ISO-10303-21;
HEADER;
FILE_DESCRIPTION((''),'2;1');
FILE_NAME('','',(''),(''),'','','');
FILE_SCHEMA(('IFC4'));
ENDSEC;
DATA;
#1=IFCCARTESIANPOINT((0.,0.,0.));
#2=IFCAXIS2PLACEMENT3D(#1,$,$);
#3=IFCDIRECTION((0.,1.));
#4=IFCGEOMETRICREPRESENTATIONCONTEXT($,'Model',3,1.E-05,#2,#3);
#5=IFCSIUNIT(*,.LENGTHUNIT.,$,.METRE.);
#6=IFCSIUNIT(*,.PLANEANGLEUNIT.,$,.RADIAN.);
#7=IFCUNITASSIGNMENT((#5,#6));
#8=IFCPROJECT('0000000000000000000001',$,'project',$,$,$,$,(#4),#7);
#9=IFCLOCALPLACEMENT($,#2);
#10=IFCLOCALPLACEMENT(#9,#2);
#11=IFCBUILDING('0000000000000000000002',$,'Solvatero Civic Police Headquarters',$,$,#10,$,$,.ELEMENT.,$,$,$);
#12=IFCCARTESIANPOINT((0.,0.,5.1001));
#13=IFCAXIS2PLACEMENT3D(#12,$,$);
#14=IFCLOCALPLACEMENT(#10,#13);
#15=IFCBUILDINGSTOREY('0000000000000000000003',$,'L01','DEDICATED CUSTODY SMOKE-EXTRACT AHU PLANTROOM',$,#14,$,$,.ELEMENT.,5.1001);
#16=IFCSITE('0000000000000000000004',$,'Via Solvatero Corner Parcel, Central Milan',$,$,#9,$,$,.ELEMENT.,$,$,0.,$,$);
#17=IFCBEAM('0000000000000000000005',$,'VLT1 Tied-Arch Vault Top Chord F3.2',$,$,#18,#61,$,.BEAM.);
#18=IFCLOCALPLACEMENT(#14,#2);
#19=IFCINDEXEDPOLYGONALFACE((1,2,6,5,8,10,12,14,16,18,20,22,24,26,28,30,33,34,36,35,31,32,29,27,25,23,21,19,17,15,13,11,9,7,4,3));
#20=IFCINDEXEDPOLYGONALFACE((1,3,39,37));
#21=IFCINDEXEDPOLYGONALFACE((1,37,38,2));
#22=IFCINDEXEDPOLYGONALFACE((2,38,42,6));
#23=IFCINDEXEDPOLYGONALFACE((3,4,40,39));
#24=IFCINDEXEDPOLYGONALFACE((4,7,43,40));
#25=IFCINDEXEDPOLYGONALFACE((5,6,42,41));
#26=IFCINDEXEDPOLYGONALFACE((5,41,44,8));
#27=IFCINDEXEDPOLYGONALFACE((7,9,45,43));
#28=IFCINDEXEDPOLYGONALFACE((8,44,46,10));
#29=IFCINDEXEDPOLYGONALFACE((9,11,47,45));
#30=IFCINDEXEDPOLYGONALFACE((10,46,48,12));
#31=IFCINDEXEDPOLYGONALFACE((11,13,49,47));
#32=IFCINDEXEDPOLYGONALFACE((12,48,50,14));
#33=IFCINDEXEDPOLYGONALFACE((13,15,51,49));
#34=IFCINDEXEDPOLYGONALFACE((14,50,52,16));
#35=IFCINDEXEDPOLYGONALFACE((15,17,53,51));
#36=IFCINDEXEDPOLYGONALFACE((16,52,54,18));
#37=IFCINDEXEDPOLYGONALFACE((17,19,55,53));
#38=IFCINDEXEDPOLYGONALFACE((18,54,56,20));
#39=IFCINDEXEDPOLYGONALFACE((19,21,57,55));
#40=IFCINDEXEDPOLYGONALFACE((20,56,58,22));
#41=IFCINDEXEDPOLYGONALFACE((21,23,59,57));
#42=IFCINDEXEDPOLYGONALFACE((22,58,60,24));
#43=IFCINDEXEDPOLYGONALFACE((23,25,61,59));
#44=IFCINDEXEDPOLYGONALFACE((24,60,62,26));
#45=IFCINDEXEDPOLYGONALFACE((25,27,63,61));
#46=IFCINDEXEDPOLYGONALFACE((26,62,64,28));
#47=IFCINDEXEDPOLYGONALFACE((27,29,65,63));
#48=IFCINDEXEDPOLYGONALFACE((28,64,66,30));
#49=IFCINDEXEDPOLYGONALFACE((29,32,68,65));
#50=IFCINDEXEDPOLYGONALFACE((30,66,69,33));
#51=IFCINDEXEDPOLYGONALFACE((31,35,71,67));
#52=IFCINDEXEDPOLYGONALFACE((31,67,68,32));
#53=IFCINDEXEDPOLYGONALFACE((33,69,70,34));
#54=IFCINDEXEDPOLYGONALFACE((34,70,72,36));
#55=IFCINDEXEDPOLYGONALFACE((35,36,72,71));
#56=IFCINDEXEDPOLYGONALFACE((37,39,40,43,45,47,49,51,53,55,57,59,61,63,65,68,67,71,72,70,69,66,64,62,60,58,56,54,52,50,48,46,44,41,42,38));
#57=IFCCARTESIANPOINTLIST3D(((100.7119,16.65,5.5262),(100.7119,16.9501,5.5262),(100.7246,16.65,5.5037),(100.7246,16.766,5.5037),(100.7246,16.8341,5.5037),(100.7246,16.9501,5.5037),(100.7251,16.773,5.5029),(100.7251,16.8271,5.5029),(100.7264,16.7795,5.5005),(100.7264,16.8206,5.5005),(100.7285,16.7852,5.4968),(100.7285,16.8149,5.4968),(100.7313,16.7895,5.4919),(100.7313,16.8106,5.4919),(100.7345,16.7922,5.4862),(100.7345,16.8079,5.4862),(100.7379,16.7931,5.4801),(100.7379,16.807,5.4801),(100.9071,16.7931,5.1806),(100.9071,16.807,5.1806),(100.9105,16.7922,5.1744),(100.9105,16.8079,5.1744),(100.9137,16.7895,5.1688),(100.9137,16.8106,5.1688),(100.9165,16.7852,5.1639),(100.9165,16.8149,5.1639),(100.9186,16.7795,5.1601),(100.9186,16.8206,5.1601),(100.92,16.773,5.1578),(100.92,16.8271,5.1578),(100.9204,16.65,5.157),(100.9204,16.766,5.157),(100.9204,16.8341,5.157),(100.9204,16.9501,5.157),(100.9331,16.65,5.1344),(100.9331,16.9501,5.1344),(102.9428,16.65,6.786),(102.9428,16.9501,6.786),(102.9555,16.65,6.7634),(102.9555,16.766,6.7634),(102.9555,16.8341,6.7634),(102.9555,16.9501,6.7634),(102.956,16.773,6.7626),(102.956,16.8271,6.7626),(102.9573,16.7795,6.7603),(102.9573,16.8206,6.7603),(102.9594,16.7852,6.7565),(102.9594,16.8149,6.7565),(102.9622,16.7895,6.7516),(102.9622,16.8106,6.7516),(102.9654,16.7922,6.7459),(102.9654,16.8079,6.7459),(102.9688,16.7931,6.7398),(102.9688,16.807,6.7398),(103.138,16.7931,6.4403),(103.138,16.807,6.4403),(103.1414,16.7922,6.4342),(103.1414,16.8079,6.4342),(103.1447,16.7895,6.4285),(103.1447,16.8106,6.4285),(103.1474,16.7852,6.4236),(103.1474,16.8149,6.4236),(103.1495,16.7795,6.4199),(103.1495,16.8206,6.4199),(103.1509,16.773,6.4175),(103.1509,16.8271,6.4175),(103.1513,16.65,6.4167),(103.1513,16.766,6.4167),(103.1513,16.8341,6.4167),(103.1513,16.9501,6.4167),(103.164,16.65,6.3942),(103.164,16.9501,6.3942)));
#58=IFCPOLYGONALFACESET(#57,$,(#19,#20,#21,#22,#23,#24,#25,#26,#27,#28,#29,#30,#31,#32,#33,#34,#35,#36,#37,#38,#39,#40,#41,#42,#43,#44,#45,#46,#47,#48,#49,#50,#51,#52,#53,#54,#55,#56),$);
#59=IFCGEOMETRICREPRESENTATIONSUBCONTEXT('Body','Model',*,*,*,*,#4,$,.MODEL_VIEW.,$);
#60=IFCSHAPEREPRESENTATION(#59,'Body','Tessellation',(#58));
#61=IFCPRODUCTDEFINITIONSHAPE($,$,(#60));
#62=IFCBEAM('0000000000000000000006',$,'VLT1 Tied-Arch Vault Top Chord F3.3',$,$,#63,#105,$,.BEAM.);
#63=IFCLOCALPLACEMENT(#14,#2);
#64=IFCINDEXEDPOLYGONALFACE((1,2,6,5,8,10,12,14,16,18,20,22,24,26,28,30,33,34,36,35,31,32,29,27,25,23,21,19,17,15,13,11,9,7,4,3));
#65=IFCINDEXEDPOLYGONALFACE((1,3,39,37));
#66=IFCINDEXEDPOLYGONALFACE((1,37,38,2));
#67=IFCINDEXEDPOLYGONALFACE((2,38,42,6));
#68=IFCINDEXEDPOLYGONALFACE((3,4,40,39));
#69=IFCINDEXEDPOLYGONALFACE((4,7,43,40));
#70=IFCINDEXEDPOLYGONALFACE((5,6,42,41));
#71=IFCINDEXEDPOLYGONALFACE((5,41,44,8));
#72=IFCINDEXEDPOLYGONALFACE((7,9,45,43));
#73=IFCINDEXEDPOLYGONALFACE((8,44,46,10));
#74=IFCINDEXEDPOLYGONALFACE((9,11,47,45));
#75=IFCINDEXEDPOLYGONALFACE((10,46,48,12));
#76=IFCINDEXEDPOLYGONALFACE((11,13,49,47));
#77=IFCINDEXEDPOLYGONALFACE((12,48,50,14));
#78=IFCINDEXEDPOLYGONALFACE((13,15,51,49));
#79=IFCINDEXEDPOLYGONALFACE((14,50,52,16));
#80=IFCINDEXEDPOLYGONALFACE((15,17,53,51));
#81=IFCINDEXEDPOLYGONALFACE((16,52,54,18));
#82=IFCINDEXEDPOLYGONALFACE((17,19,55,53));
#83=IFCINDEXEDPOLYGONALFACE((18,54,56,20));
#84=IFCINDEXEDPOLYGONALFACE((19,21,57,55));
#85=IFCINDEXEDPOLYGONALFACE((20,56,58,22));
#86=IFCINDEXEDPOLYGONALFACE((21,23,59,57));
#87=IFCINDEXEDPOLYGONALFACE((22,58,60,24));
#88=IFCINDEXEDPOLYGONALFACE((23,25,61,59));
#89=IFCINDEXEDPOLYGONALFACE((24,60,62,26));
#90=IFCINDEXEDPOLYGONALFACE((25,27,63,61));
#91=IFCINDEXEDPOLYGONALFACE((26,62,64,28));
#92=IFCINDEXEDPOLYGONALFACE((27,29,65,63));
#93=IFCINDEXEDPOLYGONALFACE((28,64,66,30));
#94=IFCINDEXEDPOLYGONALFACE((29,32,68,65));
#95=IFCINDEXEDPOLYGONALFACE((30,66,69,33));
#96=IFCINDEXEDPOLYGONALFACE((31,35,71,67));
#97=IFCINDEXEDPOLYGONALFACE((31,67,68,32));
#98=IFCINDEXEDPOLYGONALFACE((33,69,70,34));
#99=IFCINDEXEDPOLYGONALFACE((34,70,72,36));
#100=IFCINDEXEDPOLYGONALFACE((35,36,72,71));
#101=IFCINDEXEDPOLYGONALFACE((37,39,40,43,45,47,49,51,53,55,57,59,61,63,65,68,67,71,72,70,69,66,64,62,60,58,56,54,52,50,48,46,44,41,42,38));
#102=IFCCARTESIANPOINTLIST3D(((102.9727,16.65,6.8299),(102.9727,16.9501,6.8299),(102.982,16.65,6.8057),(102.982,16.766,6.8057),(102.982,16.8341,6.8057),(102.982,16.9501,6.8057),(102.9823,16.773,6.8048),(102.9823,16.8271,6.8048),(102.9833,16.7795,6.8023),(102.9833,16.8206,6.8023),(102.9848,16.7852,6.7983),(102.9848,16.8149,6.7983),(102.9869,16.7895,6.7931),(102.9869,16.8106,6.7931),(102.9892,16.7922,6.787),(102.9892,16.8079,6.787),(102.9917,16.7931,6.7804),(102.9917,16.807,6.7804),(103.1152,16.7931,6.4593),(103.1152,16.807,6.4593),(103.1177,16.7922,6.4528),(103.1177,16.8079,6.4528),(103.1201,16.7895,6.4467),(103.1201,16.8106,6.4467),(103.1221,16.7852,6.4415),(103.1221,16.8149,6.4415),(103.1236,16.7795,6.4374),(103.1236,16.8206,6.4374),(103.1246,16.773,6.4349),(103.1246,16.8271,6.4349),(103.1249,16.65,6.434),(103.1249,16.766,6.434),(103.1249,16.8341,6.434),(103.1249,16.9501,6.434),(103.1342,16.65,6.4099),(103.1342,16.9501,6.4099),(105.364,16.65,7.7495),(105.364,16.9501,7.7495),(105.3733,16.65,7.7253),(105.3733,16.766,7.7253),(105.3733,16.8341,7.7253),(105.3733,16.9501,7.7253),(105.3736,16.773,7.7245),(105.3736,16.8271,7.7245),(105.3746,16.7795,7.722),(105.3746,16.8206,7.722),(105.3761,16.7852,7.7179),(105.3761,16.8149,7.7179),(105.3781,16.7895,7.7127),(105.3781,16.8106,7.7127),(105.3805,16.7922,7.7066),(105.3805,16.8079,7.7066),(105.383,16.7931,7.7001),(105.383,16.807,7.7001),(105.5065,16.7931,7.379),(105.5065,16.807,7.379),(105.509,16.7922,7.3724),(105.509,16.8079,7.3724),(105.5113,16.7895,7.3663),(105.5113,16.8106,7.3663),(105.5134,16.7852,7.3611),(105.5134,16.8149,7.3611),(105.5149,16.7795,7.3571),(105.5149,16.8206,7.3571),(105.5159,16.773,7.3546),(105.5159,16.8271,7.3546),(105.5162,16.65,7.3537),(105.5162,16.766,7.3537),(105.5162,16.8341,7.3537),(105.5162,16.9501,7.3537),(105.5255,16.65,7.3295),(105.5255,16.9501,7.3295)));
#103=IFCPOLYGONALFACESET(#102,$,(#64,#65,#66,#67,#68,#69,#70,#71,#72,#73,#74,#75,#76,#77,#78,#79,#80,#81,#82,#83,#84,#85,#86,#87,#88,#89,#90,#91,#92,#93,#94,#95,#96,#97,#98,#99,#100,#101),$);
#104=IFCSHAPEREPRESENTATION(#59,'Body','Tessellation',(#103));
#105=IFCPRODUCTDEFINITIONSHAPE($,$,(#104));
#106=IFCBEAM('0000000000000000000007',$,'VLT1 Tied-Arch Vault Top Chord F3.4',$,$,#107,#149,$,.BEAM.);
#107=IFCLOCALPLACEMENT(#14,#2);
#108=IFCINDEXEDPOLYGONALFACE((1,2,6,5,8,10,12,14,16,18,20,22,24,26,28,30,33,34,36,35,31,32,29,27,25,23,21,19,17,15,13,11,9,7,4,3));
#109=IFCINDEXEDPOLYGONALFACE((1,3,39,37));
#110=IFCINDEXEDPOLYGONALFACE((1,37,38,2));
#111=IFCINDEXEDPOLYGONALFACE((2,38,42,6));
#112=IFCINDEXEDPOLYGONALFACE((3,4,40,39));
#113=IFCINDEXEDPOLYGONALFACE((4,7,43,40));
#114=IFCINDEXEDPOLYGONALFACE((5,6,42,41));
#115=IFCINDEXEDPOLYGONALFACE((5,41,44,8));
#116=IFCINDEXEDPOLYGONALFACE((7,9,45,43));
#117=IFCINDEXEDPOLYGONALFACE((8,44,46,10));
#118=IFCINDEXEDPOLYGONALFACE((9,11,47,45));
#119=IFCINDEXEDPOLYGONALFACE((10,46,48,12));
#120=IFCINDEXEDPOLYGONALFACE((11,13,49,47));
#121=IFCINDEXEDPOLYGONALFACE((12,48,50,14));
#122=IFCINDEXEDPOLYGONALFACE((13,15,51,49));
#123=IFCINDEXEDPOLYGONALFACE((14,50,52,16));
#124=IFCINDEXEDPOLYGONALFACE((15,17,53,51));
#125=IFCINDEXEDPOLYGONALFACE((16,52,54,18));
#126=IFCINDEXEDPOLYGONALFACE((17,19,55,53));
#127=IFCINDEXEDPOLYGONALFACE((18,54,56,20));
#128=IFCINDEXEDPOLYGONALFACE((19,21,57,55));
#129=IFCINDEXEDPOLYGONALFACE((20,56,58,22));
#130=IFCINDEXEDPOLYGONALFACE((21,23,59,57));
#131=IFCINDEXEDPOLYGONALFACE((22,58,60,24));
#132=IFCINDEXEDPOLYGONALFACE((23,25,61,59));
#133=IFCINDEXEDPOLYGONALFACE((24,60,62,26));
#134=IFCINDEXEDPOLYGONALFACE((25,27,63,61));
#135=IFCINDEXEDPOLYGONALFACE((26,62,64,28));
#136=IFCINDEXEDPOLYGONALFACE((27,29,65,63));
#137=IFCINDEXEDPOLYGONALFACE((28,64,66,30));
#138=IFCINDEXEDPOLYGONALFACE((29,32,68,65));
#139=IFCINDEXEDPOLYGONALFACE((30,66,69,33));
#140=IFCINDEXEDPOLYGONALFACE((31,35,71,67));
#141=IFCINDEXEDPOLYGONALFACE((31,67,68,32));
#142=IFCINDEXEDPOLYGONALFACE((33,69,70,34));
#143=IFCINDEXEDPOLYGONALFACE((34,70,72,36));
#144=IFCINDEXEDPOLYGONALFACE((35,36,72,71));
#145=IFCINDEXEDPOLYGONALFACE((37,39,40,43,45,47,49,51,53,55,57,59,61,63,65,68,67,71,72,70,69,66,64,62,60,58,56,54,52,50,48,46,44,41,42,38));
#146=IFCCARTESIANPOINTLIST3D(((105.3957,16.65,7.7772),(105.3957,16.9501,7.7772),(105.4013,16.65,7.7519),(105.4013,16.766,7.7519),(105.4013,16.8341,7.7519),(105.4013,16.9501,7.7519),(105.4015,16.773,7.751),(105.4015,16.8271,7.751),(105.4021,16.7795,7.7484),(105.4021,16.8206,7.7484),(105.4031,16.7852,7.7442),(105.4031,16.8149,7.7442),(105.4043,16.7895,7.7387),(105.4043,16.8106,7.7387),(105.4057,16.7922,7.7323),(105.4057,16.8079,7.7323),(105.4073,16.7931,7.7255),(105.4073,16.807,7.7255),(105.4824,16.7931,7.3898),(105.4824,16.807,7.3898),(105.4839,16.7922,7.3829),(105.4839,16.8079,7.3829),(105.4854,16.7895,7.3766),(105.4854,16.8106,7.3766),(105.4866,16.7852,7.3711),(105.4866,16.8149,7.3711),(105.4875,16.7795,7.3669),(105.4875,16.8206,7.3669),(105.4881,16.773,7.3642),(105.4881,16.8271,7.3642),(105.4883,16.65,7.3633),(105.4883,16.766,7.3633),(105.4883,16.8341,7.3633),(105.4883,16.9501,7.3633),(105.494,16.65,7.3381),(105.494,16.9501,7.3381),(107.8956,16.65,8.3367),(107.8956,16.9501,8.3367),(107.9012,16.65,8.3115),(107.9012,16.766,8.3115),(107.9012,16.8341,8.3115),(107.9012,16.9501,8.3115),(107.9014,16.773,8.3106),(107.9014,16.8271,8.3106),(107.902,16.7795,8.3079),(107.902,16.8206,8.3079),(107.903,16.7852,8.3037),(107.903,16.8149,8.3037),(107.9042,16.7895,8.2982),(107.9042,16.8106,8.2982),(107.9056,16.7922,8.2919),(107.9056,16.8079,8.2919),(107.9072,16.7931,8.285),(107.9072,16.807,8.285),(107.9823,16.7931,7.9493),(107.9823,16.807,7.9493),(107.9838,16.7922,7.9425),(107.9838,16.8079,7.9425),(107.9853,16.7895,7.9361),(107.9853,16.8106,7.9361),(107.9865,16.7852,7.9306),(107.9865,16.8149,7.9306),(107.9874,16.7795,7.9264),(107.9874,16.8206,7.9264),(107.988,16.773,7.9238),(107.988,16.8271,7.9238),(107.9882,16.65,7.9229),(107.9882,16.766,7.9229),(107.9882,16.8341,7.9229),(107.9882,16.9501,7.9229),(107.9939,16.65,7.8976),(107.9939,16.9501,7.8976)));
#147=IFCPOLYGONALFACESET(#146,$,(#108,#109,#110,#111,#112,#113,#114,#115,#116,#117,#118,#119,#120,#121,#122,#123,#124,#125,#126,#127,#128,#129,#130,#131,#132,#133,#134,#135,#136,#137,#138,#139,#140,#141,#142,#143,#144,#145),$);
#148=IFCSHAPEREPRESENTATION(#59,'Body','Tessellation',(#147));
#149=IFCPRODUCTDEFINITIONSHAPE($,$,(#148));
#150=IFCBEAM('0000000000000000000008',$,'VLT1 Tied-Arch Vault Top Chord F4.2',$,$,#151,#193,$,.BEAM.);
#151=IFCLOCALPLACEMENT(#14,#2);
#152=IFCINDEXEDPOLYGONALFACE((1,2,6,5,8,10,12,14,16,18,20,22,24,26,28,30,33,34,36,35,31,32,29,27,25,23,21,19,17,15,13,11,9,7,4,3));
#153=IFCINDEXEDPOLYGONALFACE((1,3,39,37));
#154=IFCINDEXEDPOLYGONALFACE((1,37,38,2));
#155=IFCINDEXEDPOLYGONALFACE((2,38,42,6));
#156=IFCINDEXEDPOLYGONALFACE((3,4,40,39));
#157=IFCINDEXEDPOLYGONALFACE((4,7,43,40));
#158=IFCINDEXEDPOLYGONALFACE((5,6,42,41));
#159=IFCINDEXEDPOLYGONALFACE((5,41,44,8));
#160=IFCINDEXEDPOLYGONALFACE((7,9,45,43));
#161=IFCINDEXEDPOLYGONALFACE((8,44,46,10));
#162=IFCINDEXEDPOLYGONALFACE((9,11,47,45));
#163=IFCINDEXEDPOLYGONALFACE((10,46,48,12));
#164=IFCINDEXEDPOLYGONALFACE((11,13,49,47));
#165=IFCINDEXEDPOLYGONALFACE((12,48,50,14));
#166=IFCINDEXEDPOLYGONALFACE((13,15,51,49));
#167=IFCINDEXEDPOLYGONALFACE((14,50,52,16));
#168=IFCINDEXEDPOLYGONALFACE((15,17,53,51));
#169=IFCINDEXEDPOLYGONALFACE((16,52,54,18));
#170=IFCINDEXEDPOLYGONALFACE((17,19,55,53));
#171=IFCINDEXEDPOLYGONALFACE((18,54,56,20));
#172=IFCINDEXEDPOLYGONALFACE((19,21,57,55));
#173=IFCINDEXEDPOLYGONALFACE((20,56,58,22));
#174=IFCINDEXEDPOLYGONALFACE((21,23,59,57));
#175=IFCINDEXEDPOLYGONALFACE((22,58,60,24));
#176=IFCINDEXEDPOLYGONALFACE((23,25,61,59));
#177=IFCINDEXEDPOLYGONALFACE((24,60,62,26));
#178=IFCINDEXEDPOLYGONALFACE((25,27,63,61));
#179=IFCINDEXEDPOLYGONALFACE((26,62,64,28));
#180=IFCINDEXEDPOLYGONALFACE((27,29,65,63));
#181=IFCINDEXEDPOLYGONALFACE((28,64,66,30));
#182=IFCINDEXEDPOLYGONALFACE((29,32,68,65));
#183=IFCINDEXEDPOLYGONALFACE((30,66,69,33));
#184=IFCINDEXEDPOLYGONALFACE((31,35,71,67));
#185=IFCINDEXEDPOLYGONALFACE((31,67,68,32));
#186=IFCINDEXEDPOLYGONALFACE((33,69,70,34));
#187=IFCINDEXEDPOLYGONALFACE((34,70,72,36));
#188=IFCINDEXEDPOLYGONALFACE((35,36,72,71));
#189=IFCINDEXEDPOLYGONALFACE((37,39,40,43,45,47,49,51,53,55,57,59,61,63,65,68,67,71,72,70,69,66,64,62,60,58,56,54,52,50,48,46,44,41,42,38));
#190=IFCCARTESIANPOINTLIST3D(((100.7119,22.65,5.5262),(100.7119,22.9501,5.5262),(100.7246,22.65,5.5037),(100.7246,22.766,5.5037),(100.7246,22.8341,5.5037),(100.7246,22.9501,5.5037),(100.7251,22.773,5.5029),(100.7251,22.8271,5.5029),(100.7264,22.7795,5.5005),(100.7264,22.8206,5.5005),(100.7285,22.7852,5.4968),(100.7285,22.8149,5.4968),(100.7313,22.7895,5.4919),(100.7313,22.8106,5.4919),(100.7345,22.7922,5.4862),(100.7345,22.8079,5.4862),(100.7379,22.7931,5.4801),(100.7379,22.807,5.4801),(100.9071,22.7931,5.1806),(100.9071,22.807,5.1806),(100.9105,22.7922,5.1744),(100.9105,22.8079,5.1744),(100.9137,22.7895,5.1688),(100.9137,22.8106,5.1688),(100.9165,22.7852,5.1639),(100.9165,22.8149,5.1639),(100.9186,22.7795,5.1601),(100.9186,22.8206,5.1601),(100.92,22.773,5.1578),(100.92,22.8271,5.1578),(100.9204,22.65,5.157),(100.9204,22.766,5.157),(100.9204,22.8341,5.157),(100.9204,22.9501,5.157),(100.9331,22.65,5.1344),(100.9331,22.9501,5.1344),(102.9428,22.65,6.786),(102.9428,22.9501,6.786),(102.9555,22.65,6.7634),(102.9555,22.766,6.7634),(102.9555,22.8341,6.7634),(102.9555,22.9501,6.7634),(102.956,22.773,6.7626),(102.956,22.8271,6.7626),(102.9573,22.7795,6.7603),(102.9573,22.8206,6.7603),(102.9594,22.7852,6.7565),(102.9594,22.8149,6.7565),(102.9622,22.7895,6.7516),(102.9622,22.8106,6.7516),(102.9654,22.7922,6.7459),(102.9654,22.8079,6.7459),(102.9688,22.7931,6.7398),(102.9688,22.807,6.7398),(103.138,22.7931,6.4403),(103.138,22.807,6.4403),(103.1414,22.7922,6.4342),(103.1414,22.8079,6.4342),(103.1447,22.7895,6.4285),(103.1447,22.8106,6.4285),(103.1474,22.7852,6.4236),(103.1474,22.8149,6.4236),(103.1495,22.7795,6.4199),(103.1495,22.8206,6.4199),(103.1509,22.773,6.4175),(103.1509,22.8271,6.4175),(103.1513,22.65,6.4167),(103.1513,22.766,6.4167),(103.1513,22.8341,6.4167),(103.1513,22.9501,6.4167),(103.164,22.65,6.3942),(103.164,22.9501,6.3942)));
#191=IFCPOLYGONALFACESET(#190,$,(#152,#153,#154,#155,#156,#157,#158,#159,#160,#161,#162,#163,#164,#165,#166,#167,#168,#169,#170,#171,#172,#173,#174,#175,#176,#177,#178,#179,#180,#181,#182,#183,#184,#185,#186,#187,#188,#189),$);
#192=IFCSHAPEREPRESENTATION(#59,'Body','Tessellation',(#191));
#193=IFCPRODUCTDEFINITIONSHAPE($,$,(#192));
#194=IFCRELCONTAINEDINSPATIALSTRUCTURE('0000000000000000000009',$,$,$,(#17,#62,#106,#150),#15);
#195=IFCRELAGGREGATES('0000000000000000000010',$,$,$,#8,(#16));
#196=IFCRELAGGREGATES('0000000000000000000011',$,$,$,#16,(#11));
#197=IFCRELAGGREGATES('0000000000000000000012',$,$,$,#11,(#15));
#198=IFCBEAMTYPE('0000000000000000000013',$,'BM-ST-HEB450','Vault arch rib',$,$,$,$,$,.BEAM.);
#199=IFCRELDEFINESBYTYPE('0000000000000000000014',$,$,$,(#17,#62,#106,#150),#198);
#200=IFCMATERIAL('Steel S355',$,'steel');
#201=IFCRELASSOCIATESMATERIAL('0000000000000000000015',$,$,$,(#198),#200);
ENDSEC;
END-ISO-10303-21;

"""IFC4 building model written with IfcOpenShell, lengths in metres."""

from ifc_helpers import new_model, si_unit, direction, frame, origin, origin_2d, place, context, subcontext, project, spatial, i_section, extrude, material, material_profile, profile_set, type_object, element, save


model = new_model("IFC4")

# Units and contexts
model_context = context("Model", 3, precision=1e-05, world=origin(), true_north=direction((0.0, 1.0)))
body_context = subcontext(model_context, "Body", "Model", "MODEL_VIEW")
ifc_project = project(units=[si_unit("LENGTHUNIT", "METRE"), si_unit("PLANEANGLEUNIT", "RADIAN")], contexts=[model_context])

# Site, building, storey
site_placement = place(None, origin())
site = spatial("IfcSite", under=ifc_project, at=site_placement, Name="Via Solvatero Corner Parcel, Central Milan", CompositionType="ELEMENT", RefElevation=0.0)
building_placement = place(site_placement, origin())
building = spatial("IfcBuilding", under=site, at=building_placement, Name="Solvatero Civic Police Headquarters", CompositionType="ELEMENT")
storey_placement = place(building_placement, frame((0.0, 0.0, 5.1001)))
storey = spatial("IfcBuildingStorey", under=building, at=storey_placement, Name="L01", Description="DEDICATED CUSTODY SMOKE-EXTRACT AHU PLANTROOM", CompositionType="ELEMENT", Elevation=5.1001)

# Beams
ifc_material = material(Name="Steel S355", Category="steel")
ifc_material_profile_1 = material_profile(ifc_material, i_section(OverallWidth=0.3, OverallDepth=0.45, WebThickness=0.0139, FlangeThickness=0.0259, FilletRadius=0.0271, at=origin_2d()), Name="HEB 450")
ifc_profile_set_1 = profile_set([ifc_material_profile_1], Name="Steel S355")
beam_type_1 = type_object("IfcBeamType", Name="BM-ST-HEB450", Description="Vault arch rib", PredefinedType="BEAM", material=ifc_profile_set_1)
for number, where, z_axis, x_axis, name in (
    (1, (100.8225, 16.8, 5.3303), (0.870765, 0.0, 0.491699), (0.0, 1.0, 0.0), "VLT1 Tied-Arch Vault Top Chord F3.2"),
    (2, (103.0535, 16.8, 6.6199), (0.933355, 0.0, 0.358954), (0.0, 1.0, 0.0), "VLT1 Tied-Arch Vault Top Chord F3.3"),
):
    element("IfcBeam", number, at=place(storey_placement, frame(where, z_axis=z_axis, x_axis=x_axis)), inside=storey, type_object=beam_type_1, Name=name, PredefinedType="BEAM", context=body_context, shape_type="SweptSolid", body=[
        extrude(i_section(OverallWidth=0.3, OverallDepth=0.45, WebThickness=0.0139, FlangeThickness=0.0259, FilletRadius=0.0271, at=origin_2d()), origin(), (0.0, 0.0, 1.0), 2.562),
    ])
beam_1_placement = place(storey_placement, frame((105.4448, 16.8, 7.5576), z_axis=(0.975854, 0.0, 0.218424), x_axis=(0.0, 1.0, 0.0)))
element("IfcBeam", 3, at=beam_1_placement, inside=storey, type_object=beam_type_1, Name="VLT1 Tied-Arch Vault Top Chord F3.4", PredefinedType="BEAM", context=body_context, shape_type="SweptSolid", body=[
    extrude(i_section(OverallWidth=0.3, OverallDepth=0.45, WebThickness=0.0139, FlangeThickness=0.0259, FilletRadius=0.0271, at=origin_2d()), origin(), (0.0, 0.0, 1.0), 2.5618),
])
for number, where, z_axis, x_axis, name in (
    (4, (100.8225, 22.8, 5.3303), (0.870765, 0.0, 0.491699), (0.0, 1.0, 0.0), "VLT1 Tied-Arch Vault Top Chord F4.2"),
):
    element("IfcBeam", number, at=place(storey_placement, frame(where, z_axis=z_axis, x_axis=x_axis)), inside=storey, type_object=beam_type_1, Name=name, PredefinedType="BEAM", context=body_context, shape_type="SweptSolid", body=[
        extrude(i_section(OverallWidth=0.3, OverallDepth=0.45, WebThickness=0.0139, FlangeThickness=0.0259, FilletRadius=0.0271, at=origin_2d()), origin(), (0.0, 0.0, 1.0), 2.562),
    ])

save(model, "model.ifc")
